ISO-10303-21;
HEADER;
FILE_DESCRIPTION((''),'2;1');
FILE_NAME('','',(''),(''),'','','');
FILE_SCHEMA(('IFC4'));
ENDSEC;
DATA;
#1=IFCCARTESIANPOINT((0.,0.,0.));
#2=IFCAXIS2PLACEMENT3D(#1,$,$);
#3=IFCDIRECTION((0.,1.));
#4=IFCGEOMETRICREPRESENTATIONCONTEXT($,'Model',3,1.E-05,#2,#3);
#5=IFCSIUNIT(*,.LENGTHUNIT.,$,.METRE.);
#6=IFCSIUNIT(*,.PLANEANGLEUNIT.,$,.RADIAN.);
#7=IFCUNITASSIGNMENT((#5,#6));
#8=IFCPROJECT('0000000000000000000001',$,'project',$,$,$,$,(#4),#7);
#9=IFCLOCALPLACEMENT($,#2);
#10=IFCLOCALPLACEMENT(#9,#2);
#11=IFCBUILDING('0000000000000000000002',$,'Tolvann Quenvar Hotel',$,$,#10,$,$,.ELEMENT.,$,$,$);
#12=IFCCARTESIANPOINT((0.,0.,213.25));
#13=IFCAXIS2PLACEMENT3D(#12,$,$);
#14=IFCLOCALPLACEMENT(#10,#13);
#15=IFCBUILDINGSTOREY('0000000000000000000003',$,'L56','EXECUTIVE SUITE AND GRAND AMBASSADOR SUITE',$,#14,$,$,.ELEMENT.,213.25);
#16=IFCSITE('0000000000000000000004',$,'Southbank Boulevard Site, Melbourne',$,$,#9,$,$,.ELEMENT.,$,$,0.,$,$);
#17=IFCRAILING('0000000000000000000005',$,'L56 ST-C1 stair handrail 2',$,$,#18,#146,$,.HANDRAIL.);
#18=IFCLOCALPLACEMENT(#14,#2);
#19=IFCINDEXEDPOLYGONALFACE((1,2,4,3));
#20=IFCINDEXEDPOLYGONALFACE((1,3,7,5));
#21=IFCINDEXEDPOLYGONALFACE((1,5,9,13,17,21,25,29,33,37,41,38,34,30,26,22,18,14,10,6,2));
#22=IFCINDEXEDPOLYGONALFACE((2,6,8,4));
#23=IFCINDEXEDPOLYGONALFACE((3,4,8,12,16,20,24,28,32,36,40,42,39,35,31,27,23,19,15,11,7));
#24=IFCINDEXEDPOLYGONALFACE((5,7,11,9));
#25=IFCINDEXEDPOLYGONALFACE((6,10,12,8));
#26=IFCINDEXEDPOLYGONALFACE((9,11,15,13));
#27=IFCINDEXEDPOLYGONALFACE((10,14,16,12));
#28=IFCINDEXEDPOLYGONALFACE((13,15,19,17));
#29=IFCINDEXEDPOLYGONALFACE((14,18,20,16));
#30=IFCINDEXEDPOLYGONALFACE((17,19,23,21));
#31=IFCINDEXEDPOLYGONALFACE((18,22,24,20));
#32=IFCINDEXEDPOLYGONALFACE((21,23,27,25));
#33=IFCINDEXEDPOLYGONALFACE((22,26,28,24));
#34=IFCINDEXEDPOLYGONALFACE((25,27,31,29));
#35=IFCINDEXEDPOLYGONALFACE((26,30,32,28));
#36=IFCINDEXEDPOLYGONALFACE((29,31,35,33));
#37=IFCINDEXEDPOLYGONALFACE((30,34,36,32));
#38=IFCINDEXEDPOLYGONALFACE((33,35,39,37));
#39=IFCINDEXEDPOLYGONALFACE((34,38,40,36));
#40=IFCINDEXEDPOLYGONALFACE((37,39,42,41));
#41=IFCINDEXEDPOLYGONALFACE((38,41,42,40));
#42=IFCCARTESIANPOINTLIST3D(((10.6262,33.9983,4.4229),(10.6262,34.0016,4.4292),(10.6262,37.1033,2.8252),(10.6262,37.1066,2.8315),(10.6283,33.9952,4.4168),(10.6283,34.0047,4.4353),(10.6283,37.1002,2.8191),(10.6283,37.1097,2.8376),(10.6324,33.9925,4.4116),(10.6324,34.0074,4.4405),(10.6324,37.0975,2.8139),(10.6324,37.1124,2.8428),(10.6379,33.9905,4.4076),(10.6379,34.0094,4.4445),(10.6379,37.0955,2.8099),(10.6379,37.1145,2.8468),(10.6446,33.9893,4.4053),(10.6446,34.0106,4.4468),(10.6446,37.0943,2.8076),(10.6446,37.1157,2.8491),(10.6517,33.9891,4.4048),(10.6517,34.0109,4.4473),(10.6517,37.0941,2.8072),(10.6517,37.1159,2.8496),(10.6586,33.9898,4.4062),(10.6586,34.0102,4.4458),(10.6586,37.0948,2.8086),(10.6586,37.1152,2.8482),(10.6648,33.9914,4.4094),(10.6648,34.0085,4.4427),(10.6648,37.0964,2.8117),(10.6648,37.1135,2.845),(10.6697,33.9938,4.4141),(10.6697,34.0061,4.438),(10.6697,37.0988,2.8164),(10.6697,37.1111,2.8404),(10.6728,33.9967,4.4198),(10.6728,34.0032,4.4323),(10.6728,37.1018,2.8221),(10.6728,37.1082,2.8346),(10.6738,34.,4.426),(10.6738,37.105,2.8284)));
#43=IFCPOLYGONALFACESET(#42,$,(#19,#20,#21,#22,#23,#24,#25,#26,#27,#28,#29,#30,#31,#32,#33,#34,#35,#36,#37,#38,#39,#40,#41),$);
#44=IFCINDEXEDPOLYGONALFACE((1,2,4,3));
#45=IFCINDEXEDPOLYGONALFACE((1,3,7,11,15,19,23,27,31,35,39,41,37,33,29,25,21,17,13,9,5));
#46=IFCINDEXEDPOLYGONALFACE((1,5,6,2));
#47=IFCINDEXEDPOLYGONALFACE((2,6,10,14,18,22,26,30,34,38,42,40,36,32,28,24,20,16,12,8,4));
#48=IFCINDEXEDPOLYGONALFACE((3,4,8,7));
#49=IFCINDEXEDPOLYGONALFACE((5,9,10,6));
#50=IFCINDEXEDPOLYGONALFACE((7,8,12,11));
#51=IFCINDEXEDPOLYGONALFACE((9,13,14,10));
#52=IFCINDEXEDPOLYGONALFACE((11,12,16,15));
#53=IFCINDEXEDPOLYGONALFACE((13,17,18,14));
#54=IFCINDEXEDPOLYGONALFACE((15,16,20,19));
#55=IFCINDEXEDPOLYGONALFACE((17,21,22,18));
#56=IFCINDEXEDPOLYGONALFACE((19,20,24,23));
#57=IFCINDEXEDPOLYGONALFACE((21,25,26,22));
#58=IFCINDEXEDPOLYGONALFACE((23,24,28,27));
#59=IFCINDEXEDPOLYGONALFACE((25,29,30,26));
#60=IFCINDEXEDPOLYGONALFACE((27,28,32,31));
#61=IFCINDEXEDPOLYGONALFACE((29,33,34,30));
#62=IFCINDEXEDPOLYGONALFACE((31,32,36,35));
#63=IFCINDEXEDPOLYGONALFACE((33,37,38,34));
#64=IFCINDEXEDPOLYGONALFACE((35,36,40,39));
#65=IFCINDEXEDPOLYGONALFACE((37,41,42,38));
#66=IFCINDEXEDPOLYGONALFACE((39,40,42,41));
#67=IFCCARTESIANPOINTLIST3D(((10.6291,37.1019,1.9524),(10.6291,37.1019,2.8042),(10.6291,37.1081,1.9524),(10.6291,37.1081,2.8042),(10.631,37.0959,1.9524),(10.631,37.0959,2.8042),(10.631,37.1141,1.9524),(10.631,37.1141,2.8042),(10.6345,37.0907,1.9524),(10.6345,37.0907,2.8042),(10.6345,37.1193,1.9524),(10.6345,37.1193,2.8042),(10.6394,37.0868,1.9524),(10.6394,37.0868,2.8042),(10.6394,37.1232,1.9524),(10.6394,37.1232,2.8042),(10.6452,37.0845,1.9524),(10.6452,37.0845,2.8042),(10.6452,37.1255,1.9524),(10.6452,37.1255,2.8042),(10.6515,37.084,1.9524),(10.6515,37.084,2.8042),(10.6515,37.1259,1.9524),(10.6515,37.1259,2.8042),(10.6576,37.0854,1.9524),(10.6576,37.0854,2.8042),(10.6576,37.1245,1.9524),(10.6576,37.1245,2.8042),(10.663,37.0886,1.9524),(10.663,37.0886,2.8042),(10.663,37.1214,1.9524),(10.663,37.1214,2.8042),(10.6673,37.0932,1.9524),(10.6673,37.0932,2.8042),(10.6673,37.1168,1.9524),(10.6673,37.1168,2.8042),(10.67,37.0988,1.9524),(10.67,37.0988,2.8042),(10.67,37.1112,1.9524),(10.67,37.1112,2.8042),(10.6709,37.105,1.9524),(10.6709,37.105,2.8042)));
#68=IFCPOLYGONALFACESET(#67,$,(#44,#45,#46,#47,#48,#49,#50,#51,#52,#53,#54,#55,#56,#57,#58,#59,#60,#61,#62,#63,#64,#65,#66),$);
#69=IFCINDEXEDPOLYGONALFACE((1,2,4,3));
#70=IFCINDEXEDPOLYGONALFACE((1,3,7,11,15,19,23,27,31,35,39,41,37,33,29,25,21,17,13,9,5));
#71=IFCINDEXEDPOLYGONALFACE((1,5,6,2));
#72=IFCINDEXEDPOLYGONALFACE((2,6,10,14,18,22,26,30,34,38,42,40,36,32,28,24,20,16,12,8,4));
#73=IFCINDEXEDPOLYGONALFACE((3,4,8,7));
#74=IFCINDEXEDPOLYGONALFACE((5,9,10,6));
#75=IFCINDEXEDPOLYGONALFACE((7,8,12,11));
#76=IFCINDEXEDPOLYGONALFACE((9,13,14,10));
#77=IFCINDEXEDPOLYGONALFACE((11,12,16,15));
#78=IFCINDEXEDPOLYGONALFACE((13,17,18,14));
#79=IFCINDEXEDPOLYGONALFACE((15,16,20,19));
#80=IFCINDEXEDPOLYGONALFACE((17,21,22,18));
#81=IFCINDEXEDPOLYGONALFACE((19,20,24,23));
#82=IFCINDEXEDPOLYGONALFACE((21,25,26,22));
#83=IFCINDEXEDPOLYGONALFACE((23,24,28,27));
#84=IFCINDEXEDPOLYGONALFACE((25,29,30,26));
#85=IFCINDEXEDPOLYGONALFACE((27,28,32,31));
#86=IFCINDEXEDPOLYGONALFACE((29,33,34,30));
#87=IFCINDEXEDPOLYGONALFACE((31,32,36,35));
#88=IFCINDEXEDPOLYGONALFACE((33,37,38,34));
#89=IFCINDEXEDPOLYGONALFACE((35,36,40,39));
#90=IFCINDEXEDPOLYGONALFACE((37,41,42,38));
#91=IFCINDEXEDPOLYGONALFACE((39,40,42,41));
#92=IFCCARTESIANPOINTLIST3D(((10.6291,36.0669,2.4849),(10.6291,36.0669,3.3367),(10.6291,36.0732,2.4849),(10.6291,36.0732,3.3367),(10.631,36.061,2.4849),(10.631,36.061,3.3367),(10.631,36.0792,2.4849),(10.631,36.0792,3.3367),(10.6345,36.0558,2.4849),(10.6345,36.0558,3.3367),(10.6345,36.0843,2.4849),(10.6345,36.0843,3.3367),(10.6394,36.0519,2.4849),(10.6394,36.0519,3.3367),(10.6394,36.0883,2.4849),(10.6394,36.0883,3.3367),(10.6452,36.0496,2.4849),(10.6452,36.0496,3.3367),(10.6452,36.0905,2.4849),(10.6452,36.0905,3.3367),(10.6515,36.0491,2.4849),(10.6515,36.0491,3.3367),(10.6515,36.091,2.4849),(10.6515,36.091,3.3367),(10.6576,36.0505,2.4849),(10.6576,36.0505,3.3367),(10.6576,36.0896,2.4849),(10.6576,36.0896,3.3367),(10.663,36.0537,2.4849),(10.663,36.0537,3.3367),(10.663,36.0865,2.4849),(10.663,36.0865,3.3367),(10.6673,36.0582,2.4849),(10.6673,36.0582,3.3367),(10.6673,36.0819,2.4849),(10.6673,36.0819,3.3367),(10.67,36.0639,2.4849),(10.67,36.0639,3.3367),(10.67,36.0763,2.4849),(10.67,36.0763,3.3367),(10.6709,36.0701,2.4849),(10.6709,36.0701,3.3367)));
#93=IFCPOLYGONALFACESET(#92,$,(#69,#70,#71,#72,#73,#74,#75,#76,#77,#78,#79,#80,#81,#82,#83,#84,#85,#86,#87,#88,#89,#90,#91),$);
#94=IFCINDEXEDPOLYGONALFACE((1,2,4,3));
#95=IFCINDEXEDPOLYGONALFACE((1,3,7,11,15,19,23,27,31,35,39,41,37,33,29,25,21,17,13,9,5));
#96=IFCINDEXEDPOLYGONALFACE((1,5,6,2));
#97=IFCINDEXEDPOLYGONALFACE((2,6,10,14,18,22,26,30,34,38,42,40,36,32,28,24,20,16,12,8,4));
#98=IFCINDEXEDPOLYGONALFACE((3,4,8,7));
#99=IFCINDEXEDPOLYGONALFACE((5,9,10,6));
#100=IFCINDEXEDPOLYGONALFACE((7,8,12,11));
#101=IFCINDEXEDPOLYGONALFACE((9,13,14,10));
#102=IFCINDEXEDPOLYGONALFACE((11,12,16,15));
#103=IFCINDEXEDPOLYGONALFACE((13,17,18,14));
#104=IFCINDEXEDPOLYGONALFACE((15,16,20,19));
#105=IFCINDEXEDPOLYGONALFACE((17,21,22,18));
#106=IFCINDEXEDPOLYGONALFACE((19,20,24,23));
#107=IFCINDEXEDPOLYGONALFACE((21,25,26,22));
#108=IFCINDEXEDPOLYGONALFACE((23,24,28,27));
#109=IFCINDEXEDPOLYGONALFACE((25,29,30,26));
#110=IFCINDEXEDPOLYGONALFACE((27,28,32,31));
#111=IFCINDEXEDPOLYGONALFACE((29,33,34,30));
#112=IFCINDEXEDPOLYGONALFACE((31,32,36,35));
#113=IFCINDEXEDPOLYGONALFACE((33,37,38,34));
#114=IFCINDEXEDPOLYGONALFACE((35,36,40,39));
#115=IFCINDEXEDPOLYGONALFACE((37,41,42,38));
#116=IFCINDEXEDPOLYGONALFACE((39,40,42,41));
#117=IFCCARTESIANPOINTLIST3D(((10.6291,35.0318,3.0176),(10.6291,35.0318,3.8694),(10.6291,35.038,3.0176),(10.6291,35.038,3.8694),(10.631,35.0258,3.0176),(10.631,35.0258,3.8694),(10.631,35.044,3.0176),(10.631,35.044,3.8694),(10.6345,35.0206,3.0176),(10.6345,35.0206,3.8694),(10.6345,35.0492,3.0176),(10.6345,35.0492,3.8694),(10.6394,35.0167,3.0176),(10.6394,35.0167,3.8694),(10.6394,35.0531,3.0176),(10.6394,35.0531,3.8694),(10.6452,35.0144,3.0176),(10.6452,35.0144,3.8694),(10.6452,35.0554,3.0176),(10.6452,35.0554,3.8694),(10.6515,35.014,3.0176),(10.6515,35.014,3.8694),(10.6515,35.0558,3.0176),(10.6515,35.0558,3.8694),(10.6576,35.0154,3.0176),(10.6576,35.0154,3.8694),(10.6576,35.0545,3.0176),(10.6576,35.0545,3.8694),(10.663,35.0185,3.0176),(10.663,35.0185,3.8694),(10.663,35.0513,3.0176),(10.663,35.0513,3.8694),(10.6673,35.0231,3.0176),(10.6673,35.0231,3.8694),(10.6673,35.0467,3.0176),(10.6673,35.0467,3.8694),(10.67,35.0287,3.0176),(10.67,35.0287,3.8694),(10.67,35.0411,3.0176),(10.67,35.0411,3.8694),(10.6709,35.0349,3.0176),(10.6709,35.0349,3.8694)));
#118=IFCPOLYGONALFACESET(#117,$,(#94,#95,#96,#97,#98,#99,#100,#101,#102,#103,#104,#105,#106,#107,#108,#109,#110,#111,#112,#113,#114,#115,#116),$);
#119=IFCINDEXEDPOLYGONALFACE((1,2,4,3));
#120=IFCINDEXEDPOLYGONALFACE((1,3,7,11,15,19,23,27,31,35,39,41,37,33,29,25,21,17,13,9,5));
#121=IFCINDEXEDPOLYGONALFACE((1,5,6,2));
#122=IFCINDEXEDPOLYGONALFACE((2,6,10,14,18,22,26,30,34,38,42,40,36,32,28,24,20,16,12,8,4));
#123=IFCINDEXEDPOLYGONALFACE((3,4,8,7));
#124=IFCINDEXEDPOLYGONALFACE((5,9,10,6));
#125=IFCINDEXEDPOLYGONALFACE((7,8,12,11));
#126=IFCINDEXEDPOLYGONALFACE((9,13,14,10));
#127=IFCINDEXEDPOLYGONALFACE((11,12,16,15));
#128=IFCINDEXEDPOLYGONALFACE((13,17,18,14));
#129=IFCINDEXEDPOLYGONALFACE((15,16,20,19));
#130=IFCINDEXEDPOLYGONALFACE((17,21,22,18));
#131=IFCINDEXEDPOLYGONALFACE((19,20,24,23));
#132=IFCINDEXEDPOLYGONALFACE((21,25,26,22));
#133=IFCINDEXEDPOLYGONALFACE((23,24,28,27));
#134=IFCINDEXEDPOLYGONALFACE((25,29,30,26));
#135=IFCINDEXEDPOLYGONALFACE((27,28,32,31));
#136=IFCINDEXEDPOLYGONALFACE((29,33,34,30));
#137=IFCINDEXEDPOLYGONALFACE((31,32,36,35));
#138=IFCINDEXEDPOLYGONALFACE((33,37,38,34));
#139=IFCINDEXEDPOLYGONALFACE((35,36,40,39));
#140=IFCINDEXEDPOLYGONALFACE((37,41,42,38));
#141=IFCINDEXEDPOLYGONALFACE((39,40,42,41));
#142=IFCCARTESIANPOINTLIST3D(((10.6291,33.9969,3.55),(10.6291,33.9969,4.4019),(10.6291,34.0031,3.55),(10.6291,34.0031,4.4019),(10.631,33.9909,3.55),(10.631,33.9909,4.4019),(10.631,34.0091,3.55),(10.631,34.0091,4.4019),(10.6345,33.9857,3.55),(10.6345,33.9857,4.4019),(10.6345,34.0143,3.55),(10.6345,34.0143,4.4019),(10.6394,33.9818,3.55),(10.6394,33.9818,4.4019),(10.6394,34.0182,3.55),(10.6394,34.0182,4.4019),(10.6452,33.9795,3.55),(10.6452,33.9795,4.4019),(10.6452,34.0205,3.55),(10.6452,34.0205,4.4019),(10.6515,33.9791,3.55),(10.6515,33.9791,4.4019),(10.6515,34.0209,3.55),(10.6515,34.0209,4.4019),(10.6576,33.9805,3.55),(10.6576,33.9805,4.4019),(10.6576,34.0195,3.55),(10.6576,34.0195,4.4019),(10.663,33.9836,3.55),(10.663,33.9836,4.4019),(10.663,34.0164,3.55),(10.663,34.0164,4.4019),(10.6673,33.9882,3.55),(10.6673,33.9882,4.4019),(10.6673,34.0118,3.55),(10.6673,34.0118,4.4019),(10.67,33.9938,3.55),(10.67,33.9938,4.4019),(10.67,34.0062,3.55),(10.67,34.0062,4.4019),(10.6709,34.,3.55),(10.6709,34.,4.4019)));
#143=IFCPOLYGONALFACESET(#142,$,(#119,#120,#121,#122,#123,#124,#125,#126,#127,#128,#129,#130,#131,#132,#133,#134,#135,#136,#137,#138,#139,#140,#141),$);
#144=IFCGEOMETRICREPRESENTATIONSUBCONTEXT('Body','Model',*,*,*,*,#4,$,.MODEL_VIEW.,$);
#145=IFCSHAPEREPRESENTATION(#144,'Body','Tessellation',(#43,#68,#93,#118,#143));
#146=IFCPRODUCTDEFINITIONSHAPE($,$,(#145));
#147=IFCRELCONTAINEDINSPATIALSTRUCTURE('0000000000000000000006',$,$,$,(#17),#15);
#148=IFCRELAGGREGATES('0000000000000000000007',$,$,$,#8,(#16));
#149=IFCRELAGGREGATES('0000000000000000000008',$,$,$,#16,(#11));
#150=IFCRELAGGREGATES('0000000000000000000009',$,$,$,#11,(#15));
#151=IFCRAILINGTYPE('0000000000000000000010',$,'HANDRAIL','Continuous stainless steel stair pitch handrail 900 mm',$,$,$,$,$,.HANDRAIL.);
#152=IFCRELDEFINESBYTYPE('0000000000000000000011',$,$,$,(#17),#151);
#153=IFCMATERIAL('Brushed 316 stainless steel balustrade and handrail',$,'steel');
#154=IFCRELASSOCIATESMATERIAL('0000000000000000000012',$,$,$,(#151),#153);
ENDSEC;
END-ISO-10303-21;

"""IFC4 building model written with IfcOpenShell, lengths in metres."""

from ifc_helpers import new_model, si_unit, direction, frame, origin, origin_2d, place, context, subcontext, project, spatial, circle, extrude, material, type_object, element, save


model = new_model("IFC4")

# Units and contexts
model_context = context("Model", 3, precision=1e-05, world=origin(), true_north=direction((0.0, 1.0)))
body_context = subcontext(model_context, "Body", "Model", "MODEL_VIEW")
ifc_project = project(units=[si_unit("LENGTHUNIT", "METRE"), si_unit("PLANEANGLEUNIT", "RADIAN")], contexts=[model_context])

# Site, building, storey
site_placement = place(None, origin())
site = spatial("IfcSite", under=ifc_project, at=site_placement, Name="Southbank Boulevard Site, Melbourne", CompositionType="ELEMENT", RefElevation=0.0)
building_placement = place(site_placement, origin())
building = spatial("IfcBuilding", under=site, at=building_placement, Name="Tolvann Quenvar Hotel", CompositionType="ELEMENT")
storey_placement = place(building_placement, frame((0.0, 0.0, 213.25)))
storey = spatial("IfcBuildingStorey", under=building, at=storey_placement, Name="L56", Description="EXECUTIVE SUITE AND GRAND AMBASSADOR SUITE", CompositionType="ELEMENT", Elevation=213.25)

# Railing
ifc_material_1 = material(Name="Brushed 316 stainless steel balustrade and handrail", Category="steel")
railing_type = type_object("IfcRailingType", Name="HANDRAIL", Description="Continuous stainless steel stair pitch handrail 900 mm", PredefinedType="HANDRAIL", material=ifc_material_1)
railing_placement = place(storey_placement, frame((10.6499, 37.105, 1.9524)))
element("IfcRailing", 1, at=railing_placement, inside=storey, type_object=railing_type, Name="L56 ST-C1 stair handrail 2", PredefinedType="HANDRAIL", context=body_context, shape_type="SweptSolid", body=[
    extrude(circle(Radius=0.0239, at=origin_2d()), frame((0.0, 0.0, 0.876), z_axis=(0.0, -0.889194, 0.457531), x_axis=(1.0, 0.0, 0.0)), (0.0, 0.0, 1.0), 3.4919),
    extrude(circle(Radius=0.021, at=origin_2d()), origin(), (0.0, 0.0, 1.0), 0.8518),
    extrude(circle(Radius=0.021, at=origin_2d()), frame((0.0, -1.0349, 0.5325)), (0.0, 0.0, 1.0), 0.8518),
    extrude(circle(Radius=0.021, at=origin_2d()), frame((0.0, -2.0701, 1.0652)), (0.0, 0.0, 1.0), 0.8518),
    extrude(circle(Radius=0.021, at=origin_2d()), frame((0.0, -3.105, 1.5977)), (0.0, 0.0, 1.0), 0.8518),
])

save(model, "model.ifc")
